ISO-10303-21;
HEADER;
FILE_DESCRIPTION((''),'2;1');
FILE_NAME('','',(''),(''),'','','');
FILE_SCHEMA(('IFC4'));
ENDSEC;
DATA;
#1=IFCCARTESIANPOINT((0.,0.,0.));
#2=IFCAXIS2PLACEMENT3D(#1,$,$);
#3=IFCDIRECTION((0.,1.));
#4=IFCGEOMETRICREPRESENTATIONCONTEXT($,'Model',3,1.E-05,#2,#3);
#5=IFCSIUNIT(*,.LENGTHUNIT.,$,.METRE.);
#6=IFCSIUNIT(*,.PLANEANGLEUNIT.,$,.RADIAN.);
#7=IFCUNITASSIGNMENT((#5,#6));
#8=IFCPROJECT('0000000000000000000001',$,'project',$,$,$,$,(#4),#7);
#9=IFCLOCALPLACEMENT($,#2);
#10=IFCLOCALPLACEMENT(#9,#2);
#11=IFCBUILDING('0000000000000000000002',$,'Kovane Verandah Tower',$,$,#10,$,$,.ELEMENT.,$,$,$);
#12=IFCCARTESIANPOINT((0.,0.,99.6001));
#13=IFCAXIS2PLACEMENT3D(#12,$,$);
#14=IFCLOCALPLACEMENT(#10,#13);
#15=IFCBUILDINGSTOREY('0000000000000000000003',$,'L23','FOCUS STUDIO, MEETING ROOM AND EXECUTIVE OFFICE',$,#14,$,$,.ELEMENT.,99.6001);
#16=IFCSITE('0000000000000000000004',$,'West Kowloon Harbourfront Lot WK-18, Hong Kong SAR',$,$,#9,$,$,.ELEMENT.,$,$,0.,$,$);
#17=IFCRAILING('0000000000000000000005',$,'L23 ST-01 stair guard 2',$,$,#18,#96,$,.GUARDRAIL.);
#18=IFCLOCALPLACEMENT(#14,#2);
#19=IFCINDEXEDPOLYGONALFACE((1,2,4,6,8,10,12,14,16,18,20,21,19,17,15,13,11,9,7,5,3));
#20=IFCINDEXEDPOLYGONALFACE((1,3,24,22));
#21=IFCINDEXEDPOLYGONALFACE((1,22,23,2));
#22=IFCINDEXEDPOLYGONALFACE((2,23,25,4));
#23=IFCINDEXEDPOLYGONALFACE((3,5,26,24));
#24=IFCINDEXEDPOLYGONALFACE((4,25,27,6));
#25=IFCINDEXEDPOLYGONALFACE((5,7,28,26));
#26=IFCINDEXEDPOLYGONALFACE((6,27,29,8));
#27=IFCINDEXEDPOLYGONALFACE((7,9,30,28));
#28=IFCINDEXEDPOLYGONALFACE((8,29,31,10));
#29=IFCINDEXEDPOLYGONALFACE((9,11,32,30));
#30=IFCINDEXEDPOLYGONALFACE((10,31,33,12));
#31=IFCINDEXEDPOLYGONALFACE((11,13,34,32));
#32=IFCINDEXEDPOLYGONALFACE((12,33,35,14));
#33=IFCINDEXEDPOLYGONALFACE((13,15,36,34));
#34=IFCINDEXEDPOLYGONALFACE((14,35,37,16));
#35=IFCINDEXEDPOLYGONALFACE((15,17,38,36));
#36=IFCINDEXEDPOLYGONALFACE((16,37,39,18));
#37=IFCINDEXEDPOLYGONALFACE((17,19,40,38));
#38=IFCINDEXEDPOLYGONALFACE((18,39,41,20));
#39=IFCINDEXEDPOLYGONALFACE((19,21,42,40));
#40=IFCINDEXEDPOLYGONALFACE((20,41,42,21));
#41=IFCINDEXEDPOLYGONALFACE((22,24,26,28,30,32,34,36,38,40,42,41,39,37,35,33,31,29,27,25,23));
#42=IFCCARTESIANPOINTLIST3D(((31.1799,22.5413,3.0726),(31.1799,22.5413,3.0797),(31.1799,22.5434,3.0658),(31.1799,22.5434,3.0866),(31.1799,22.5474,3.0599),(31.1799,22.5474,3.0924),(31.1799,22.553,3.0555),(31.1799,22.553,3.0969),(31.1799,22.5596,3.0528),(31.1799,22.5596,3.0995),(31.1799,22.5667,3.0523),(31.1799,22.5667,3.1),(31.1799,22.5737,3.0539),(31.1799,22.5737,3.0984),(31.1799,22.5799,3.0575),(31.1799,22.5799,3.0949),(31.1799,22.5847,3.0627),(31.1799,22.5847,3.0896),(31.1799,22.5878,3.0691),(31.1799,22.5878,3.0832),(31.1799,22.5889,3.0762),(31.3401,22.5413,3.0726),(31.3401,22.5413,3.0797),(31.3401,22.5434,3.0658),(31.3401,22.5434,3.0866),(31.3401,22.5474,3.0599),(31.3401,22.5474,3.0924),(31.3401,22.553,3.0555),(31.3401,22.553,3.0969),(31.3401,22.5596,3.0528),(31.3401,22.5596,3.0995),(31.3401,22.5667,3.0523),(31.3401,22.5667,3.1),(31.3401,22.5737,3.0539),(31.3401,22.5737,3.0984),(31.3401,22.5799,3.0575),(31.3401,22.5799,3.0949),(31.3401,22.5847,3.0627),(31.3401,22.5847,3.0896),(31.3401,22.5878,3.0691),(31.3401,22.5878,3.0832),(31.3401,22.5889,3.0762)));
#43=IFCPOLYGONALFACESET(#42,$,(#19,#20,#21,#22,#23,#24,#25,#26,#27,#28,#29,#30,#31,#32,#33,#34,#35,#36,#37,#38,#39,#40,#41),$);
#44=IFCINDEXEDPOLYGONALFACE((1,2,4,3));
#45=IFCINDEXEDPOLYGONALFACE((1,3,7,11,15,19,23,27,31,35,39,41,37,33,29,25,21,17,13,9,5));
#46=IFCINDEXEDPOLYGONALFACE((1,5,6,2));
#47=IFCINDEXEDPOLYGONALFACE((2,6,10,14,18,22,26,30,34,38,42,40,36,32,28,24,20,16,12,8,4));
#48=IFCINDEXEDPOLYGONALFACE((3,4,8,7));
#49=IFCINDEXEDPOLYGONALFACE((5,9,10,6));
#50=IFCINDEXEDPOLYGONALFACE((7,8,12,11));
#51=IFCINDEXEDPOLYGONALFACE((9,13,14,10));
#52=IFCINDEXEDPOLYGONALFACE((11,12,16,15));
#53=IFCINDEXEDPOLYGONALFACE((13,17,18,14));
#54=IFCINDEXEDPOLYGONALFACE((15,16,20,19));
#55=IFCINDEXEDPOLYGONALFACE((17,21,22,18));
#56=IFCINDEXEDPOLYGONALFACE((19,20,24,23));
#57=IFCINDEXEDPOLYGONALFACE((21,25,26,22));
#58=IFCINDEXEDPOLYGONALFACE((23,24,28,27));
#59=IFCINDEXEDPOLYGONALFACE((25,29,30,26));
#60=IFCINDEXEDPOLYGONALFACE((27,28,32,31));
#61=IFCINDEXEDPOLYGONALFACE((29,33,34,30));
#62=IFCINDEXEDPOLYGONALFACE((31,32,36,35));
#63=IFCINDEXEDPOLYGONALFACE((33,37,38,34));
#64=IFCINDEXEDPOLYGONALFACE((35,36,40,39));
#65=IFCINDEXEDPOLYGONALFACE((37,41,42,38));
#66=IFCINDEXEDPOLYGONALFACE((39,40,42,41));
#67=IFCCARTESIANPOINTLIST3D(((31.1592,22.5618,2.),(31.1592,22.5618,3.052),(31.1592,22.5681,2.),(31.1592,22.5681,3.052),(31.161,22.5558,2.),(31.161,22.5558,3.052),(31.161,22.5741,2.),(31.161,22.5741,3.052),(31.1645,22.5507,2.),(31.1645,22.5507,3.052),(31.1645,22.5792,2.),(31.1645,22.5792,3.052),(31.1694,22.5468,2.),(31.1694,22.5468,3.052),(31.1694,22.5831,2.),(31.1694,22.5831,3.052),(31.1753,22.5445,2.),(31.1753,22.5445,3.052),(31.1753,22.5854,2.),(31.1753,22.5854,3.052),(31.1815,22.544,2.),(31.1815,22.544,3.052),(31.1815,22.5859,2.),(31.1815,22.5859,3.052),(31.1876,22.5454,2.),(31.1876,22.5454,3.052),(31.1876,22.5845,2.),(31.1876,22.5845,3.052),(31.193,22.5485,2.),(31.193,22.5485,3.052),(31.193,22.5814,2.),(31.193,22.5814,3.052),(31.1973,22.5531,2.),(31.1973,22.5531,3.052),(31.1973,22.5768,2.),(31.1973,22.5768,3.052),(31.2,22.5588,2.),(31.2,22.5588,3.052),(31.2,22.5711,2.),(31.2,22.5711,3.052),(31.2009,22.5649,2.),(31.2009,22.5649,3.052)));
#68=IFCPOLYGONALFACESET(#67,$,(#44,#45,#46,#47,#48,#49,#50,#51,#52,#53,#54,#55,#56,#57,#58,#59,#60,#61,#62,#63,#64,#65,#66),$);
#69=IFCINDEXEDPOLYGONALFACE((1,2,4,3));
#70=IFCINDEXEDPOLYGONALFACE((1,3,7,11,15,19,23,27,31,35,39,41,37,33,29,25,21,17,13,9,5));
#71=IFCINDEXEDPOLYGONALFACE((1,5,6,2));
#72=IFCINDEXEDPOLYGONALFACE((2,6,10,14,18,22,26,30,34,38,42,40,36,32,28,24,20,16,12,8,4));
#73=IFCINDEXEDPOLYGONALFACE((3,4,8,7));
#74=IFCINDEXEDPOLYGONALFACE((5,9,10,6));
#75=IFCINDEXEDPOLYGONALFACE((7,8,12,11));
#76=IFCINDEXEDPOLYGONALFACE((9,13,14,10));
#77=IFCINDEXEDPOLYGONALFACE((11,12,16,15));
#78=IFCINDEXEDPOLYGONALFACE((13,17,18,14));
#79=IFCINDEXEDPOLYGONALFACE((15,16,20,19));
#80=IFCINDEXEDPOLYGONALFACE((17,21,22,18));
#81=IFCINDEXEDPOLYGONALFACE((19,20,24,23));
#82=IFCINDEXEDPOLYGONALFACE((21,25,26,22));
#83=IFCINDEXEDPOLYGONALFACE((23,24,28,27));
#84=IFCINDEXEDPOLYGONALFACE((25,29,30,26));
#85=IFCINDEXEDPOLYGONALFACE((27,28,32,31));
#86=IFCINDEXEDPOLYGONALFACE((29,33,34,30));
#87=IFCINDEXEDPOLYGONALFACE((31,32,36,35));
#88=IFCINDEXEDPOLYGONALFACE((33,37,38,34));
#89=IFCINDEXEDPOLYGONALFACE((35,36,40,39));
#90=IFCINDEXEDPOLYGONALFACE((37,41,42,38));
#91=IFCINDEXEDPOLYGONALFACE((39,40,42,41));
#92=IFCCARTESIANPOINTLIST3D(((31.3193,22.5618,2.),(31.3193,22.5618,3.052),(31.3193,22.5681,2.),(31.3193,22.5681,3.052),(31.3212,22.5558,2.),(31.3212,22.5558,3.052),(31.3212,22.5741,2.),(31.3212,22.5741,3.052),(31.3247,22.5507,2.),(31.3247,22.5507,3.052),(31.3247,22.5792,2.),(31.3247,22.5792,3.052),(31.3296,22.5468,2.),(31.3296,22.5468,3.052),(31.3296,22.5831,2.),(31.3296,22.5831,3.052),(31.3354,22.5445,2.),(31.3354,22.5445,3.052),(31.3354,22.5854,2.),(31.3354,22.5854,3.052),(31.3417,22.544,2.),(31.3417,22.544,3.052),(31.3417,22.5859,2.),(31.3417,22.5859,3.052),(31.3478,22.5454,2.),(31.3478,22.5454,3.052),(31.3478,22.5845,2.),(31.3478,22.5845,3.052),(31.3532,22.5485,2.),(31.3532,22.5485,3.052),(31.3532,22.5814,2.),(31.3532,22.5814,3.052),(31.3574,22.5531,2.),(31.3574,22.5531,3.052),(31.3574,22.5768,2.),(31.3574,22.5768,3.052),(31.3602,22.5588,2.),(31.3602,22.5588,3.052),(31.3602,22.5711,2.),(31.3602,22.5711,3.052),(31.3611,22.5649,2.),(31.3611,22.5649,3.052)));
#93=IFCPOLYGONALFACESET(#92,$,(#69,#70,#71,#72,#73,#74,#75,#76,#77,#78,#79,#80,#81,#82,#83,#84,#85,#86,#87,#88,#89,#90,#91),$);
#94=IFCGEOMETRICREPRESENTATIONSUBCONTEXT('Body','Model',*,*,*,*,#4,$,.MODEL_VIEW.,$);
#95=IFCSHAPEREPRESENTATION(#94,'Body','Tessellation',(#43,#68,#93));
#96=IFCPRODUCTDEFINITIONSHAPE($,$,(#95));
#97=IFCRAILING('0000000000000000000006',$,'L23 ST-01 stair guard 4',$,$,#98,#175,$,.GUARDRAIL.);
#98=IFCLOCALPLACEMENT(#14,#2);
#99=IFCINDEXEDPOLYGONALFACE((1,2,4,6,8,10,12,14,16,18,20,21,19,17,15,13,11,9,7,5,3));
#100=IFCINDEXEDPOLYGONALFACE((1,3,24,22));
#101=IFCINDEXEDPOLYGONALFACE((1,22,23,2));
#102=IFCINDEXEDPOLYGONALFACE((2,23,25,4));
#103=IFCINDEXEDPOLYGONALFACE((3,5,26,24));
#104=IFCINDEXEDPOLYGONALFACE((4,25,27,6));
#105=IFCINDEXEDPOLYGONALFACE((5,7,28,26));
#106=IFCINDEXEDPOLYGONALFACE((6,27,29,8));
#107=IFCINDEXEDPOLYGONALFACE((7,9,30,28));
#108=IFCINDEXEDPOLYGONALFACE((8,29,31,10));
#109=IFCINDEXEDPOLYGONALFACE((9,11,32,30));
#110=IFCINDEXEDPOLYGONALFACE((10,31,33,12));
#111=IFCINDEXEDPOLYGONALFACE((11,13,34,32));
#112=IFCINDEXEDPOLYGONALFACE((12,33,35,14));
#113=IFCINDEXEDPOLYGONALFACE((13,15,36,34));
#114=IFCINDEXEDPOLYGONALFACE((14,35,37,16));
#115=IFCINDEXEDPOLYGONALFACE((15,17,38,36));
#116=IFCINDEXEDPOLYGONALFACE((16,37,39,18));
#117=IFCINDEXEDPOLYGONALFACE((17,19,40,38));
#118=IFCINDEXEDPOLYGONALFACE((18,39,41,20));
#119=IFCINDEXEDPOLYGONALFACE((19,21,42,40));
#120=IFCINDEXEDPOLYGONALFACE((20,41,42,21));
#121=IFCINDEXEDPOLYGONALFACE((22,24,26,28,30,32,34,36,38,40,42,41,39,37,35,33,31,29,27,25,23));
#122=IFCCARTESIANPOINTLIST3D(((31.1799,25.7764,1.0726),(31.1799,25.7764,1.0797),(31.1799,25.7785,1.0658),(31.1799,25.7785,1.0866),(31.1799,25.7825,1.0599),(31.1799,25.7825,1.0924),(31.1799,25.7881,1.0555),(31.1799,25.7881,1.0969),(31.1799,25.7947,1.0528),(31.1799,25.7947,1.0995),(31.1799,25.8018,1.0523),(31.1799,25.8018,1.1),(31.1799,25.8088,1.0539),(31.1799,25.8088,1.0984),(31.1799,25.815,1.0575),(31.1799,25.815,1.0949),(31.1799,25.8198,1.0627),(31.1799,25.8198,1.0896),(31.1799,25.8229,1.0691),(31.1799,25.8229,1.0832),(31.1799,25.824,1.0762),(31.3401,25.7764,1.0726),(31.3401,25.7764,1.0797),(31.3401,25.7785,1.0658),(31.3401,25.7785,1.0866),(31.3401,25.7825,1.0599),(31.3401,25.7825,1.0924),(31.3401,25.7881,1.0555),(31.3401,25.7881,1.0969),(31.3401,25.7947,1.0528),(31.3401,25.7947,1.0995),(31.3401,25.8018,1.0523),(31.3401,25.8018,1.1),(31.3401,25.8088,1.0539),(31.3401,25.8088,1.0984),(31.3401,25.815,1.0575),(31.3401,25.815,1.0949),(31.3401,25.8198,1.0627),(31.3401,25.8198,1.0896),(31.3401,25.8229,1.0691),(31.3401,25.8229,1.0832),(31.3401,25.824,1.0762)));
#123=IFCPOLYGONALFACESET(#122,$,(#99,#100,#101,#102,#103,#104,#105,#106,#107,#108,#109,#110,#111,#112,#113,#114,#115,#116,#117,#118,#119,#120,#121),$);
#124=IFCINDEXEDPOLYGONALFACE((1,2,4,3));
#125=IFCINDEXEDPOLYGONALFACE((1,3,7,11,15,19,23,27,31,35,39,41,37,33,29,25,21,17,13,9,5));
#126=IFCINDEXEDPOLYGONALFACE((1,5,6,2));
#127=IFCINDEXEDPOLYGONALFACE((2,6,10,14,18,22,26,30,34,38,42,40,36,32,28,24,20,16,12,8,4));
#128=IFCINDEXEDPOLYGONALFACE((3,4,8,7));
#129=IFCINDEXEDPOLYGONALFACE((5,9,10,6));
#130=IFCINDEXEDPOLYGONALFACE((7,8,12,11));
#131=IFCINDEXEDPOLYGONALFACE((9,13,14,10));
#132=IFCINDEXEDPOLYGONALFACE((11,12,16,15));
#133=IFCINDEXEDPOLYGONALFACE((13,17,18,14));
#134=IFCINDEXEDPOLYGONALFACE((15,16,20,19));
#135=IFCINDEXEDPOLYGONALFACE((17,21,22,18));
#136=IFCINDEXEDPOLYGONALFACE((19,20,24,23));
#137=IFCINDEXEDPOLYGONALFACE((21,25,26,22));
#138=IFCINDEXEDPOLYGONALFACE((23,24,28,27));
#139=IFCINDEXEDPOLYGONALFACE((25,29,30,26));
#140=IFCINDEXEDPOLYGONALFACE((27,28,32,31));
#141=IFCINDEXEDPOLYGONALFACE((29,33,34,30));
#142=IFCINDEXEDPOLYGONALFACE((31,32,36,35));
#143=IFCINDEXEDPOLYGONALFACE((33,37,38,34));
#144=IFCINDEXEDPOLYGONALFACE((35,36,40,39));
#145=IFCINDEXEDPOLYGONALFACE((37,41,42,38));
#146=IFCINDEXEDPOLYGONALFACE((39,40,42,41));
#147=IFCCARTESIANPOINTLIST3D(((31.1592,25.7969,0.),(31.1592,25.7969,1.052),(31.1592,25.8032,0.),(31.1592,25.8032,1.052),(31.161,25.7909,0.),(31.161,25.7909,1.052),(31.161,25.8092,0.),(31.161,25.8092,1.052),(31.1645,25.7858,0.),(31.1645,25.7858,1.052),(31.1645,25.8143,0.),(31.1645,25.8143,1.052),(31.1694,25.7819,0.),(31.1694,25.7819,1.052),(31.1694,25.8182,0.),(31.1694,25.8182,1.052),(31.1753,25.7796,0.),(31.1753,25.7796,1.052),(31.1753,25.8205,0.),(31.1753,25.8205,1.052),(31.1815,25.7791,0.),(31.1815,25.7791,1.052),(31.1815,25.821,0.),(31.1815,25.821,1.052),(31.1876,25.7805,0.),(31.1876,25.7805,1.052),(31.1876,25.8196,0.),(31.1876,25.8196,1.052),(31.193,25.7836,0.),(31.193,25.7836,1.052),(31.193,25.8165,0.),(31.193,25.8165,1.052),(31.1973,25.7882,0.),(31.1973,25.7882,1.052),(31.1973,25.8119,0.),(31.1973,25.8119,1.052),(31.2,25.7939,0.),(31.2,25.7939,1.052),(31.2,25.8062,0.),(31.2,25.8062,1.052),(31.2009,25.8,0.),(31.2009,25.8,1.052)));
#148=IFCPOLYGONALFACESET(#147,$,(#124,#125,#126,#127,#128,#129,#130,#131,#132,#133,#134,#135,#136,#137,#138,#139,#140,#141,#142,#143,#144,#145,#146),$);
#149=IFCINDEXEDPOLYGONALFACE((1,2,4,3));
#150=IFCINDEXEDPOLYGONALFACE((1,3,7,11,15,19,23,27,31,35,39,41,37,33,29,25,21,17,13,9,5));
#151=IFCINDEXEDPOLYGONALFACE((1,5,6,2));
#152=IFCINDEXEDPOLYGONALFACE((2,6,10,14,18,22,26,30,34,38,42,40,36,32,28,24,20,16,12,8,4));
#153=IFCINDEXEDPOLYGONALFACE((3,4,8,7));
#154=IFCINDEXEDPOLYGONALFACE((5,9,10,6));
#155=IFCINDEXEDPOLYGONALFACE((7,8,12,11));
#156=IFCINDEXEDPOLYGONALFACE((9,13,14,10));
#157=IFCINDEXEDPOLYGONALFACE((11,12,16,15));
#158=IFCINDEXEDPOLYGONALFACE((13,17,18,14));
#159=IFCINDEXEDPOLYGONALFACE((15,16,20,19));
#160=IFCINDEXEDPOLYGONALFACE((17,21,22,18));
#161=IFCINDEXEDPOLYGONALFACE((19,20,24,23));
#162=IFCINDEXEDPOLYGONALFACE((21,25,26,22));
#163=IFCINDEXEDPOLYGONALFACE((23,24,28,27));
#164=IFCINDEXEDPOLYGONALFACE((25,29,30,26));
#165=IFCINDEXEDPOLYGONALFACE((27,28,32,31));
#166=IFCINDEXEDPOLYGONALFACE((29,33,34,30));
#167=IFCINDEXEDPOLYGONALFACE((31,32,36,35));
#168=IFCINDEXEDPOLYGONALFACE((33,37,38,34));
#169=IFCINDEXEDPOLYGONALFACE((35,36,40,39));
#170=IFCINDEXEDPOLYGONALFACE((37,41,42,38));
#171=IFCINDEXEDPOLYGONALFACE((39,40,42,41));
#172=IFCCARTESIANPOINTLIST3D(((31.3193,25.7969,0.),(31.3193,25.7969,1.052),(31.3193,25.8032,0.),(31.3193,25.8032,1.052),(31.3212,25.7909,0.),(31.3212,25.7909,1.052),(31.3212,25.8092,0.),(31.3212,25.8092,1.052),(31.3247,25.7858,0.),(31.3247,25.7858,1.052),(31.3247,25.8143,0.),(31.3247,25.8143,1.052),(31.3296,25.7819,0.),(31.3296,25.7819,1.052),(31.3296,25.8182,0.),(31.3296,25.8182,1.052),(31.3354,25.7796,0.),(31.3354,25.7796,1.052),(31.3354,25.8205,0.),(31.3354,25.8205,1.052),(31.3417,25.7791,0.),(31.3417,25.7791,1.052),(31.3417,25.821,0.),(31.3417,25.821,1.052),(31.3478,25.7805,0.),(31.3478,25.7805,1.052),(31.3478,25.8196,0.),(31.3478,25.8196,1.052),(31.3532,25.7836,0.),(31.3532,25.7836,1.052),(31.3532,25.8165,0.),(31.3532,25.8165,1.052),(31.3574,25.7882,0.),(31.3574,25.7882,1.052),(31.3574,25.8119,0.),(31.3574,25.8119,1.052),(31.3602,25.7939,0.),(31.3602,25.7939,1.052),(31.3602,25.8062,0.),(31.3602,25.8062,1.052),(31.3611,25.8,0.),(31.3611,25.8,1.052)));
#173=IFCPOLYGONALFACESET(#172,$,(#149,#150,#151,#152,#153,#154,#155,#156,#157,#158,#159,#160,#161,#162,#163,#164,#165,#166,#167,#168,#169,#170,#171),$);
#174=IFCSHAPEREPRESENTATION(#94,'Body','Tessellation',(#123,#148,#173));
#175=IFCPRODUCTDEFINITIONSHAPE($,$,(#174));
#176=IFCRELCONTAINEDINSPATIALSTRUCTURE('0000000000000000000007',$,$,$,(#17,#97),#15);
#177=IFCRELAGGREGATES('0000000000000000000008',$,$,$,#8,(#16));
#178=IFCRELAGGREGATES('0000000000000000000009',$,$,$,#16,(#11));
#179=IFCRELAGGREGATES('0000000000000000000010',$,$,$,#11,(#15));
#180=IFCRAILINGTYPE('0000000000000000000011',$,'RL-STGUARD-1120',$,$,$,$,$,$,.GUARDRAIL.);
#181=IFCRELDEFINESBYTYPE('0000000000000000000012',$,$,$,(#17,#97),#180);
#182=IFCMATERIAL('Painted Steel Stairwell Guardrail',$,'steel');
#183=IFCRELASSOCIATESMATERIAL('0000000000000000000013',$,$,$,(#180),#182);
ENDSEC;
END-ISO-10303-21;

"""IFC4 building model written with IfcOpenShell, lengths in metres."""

from ifc_helpers import new_model, si_unit, direction, frame, origin, origin_2d, place, context, subcontext, project, spatial, circle, extrude, material, type_object, element, save


model = new_model("IFC4")

# Units and contexts
model_context = context("Model", 3, precision=1e-05, world=origin(), true_north=direction((0.0, 1.0)))
body_context = subcontext(model_context, "Body", "Model", "MODEL_VIEW")
ifc_project = project(units=[si_unit("LENGTHUNIT", "METRE"), si_unit("PLANEANGLEUNIT", "RADIAN")], contexts=[model_context])

# Site, building, storey
site_placement = place(None, origin())
site = spatial("IfcSite", under=ifc_project, at=site_placement, Name="West Kowloon Harbourfront Lot WK-18, Hong Kong SAR", CompositionType="ELEMENT", RefElevation=0.0)
building_placement = place(site_placement, origin())
building = spatial("IfcBuilding", under=site, at=building_placement, Name="Kovane Verandah Tower", CompositionType="ELEMENT")
storey_placement = place(building_placement, frame((0.0, 0.0, 99.6001)))
storey = spatial("IfcBuildingStorey", under=building, at=storey_placement, Name="L23", Description="FOCUS STUDIO, MEETING ROOM AND EXECUTIVE OFFICE", CompositionType="ELEMENT", Elevation=99.6001)

# Railings
ifc_material_1 = material(Name="Painted Steel Stairwell Guardrail", Category="steel")
railing_type_1 = type_object("IfcRailingType", Name="RL-STGUARD-1120", PredefinedType="GUARDRAIL", material=ifc_material_1)
for number, where, name in (
    (1, (31.1799, 22.5649, 2.0), "L23 ST-01 stair guard 2"),
    (2, (31.1799, 25.8, 0.0), "L23 ST-01 stair guard 4"),
):
    element("IfcRailing", number, at=place(storey_placement, frame(where)), inside=storey, type_object=railing_type_1, Name=name, PredefinedType="GUARDRAIL", context=body_context, shape_type="SweptSolid", body=[
        extrude(circle(Radius=0.0239, at=origin_2d()), frame((0.0, 0.0, 1.0762), z_axis=(1.0, 0.0, 0.0), x_axis=(0.0, 1.0, 0.0)), (0.0, 0.0, 1.0), 0.1602),
        extrude(circle(Radius=0.021, at=origin_2d()), origin(), (0.0, 0.0, 1.0), 1.052),
        extrude(circle(Radius=0.021, at=origin_2d()), frame((0.1602, 0.0, 0.0)), (0.0, 0.0, 1.0), 1.052),
    ])

save(model, "model.ifc")
